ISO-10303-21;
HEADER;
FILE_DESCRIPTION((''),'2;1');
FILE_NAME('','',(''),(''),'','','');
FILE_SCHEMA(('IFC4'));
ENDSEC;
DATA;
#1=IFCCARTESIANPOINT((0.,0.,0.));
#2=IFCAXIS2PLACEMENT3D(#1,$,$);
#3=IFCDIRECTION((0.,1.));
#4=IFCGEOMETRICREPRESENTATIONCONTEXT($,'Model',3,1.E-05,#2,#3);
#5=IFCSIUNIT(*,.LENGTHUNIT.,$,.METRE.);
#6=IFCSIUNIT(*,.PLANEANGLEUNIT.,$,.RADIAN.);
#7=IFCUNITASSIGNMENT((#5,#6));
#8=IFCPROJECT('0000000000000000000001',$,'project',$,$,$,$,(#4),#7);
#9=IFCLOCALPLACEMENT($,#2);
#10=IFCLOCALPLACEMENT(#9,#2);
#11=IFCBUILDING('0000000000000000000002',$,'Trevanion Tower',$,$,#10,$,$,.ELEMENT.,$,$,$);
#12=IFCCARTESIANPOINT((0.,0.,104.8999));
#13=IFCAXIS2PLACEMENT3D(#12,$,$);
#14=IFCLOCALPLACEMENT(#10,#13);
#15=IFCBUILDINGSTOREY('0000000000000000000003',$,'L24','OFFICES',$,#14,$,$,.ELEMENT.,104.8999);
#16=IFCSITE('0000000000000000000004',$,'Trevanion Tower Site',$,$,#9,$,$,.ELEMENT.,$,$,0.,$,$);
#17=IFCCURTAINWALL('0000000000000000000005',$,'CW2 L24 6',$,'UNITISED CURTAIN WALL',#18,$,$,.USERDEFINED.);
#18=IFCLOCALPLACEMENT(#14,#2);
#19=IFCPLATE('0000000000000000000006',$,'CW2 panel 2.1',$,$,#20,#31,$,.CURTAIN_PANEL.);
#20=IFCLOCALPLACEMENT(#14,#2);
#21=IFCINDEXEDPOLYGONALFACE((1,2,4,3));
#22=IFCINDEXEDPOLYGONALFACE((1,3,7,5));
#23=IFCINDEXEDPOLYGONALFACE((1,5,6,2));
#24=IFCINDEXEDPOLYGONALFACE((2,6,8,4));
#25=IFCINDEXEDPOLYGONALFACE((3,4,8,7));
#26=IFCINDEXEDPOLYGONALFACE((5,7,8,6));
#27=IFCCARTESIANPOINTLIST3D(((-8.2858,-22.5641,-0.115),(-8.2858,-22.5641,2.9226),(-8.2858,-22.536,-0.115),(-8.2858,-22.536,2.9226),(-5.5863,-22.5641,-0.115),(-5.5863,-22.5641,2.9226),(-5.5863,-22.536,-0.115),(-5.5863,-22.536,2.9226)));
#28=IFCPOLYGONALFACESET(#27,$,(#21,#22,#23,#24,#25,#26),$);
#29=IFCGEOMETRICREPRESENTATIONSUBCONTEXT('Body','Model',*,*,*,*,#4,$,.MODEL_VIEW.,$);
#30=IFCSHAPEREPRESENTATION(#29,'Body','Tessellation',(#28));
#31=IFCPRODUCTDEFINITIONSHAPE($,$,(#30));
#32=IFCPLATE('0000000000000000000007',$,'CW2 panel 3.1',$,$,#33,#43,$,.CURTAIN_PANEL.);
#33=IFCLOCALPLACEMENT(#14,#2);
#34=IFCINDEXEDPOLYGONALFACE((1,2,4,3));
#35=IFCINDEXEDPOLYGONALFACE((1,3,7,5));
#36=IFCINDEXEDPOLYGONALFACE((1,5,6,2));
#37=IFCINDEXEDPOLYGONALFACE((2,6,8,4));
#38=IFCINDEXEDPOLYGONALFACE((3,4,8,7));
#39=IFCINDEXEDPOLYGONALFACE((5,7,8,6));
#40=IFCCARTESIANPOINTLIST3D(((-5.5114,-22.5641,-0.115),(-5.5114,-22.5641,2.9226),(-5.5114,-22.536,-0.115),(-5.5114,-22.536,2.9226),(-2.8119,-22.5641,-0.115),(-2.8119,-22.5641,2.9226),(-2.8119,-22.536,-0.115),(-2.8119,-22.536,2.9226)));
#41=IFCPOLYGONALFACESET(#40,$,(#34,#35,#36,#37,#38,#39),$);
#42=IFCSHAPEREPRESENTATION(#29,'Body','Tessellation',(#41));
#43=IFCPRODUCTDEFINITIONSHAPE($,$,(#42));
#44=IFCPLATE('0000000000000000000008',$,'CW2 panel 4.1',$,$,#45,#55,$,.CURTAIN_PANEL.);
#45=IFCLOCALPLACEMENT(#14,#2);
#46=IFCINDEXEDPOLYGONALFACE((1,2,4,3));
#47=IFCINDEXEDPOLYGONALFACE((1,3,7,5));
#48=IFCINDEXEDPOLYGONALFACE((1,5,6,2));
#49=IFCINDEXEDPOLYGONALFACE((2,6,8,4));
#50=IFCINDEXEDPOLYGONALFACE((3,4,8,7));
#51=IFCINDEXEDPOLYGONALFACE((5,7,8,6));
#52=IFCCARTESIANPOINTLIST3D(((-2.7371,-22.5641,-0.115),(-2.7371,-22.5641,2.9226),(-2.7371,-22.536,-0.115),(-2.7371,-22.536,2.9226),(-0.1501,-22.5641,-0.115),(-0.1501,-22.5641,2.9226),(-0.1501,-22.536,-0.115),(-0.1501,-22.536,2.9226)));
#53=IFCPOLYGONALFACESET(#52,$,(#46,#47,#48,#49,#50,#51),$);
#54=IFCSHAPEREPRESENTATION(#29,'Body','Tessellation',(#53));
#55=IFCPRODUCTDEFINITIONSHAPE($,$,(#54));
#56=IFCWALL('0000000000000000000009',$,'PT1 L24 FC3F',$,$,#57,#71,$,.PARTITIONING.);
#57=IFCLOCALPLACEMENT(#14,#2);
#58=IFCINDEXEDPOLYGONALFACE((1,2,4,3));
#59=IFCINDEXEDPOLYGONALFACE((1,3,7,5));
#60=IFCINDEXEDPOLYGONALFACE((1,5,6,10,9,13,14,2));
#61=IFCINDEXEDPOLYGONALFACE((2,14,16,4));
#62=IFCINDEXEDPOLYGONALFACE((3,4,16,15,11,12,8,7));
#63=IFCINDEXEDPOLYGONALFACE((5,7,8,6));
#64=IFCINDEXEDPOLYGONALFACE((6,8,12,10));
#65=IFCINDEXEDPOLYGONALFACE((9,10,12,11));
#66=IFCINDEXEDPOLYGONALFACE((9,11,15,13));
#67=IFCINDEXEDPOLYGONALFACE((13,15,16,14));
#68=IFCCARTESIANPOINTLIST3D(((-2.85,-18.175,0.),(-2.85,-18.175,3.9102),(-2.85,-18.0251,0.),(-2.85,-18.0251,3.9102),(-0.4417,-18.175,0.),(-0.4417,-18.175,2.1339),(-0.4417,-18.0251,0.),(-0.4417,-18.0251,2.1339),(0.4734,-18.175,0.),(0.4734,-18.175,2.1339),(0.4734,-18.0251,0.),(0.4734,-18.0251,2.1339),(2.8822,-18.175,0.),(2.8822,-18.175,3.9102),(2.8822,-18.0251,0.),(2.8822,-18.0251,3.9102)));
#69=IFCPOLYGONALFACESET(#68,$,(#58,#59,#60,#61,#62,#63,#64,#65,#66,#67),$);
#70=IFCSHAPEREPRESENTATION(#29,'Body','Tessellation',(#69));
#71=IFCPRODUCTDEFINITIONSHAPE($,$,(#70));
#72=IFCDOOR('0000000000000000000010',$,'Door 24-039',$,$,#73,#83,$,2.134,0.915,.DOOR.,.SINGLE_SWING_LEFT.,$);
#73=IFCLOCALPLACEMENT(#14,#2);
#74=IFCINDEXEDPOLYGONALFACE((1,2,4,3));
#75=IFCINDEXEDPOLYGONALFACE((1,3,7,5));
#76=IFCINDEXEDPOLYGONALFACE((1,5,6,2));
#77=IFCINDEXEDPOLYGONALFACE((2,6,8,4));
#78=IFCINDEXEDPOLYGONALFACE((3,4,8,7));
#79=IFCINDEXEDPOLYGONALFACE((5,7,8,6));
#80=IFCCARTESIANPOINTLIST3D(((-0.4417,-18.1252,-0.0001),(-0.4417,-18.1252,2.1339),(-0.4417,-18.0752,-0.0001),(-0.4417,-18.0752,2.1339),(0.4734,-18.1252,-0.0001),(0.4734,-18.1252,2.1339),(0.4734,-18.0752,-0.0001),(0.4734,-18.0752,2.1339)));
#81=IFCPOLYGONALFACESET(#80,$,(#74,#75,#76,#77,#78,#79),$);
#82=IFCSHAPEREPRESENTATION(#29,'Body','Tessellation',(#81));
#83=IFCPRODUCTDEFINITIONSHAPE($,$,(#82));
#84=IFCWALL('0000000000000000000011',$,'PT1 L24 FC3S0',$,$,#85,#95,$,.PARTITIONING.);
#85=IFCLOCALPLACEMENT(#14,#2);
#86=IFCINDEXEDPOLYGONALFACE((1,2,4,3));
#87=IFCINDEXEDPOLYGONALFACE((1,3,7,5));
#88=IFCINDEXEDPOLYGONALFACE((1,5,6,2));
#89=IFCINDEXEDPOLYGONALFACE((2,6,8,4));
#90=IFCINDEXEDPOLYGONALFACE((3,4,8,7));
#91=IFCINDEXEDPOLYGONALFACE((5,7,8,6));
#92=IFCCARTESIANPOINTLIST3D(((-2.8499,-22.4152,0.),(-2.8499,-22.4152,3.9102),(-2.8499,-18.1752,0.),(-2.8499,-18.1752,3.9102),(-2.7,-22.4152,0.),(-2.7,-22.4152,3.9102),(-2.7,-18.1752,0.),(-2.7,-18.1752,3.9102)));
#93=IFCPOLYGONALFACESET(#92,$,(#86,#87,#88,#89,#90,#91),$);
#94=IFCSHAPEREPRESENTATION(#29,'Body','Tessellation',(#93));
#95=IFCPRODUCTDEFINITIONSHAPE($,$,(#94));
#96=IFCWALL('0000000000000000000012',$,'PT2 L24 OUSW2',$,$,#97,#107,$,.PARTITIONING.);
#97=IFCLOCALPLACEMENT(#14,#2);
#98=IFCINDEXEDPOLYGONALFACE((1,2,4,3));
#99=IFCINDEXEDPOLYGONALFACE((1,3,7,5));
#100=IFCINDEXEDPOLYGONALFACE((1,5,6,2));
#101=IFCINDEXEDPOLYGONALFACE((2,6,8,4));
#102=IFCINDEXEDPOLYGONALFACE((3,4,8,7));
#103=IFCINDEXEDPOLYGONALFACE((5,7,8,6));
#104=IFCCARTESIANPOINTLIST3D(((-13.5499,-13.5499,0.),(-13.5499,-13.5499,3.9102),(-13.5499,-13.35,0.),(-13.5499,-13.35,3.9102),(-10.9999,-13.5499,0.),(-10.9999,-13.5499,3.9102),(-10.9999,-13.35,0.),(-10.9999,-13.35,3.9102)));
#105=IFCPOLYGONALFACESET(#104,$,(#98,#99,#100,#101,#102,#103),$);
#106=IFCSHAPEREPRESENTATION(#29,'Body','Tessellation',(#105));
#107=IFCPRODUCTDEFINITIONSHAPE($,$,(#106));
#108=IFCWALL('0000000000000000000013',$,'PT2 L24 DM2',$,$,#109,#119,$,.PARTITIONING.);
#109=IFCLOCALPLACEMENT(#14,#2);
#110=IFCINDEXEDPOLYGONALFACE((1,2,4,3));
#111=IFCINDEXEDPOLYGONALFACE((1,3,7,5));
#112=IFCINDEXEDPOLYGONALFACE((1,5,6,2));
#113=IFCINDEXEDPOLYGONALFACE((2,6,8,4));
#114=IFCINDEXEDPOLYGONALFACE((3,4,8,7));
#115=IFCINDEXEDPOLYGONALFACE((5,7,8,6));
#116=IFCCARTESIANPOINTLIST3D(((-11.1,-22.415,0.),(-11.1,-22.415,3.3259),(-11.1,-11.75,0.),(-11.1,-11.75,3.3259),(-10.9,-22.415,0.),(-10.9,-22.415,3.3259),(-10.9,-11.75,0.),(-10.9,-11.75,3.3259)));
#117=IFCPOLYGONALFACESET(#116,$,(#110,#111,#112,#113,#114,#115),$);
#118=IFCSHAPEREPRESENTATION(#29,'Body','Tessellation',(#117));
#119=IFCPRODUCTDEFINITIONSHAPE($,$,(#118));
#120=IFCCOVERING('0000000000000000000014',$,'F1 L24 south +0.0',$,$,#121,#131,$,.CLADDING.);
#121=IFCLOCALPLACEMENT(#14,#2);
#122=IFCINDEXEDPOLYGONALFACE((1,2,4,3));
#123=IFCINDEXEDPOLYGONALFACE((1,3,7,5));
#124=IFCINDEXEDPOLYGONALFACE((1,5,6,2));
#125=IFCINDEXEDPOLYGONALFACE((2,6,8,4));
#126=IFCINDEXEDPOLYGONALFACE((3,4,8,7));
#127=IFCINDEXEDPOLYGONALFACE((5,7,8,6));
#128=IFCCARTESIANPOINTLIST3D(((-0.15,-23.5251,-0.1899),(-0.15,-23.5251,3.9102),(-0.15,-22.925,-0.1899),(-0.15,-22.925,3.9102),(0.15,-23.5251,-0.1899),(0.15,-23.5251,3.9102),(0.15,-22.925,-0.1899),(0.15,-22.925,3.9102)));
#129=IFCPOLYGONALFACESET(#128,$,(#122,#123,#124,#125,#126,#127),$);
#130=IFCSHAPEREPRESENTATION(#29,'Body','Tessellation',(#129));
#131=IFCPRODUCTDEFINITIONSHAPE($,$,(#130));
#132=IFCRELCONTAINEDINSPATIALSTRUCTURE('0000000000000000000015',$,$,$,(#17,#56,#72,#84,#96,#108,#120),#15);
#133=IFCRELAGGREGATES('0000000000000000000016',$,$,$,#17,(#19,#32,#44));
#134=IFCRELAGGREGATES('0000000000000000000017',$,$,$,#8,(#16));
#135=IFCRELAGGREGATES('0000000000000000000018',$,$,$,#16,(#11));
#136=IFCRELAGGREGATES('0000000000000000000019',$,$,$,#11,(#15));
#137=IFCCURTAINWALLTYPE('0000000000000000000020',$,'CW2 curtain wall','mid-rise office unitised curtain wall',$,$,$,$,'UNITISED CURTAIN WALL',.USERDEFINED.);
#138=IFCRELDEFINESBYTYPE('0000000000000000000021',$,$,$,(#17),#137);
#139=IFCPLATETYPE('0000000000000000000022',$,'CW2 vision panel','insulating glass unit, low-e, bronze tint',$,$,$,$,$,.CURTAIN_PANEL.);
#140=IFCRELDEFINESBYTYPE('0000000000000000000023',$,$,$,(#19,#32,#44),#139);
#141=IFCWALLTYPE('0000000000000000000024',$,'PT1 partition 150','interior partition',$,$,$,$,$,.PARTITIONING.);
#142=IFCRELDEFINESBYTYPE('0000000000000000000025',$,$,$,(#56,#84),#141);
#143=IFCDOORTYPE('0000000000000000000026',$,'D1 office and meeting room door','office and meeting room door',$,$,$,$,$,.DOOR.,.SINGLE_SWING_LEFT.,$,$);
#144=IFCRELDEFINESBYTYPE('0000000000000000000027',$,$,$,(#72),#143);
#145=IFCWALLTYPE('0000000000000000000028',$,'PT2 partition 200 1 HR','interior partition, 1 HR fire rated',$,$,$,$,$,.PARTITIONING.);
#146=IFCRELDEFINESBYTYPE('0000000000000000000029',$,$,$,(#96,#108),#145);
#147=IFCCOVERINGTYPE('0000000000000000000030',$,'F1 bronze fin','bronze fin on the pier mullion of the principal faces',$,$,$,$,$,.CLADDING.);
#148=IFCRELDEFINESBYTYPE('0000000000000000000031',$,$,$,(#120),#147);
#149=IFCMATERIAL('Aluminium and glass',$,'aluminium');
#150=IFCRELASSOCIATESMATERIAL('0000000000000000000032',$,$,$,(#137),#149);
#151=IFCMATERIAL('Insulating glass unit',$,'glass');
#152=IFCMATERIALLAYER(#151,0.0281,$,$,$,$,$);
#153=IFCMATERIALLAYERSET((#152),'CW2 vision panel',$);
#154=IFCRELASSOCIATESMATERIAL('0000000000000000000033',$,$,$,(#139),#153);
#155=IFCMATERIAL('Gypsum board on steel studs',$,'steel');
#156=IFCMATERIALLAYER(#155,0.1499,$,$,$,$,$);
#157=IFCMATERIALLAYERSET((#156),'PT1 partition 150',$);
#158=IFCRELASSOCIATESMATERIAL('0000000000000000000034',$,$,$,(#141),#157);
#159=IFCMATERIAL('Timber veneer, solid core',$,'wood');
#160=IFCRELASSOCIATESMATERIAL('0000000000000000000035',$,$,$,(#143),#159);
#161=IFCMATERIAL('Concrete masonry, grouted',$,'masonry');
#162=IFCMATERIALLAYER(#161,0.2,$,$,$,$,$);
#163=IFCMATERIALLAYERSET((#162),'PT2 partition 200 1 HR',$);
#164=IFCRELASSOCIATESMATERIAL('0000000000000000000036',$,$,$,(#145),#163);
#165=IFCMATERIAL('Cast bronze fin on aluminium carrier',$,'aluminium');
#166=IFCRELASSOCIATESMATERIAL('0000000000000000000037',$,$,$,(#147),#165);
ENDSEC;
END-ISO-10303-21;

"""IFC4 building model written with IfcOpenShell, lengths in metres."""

from ifc_helpers import new_model, si_unit, direction, frame, frame_2d, origin, origin_2d, place, context, subcontext, project, spatial, rectangle, extrude, material, layer, layer_set, type_object, element, fill, aggregate, save


model = new_model("IFC4")

# Units and contexts
model_context = context("Model", 3, precision=1e-05, world=origin(), true_north=direction((0.0, 1.0)))
body_context = subcontext(model_context, "Body", "Model", "MODEL_VIEW")
ifc_project = project(units=[si_unit("LENGTHUNIT", "METRE"), si_unit("PLANEANGLEUNIT", "RADIAN")], contexts=[model_context])

# Site, building, storey
site_placement = place(None, origin())
site = spatial("IfcSite", under=ifc_project, at=site_placement, Name="Trevanion Tower Site", CompositionType="ELEMENT", RefElevation=0.0)
building_placement = place(site_placement, origin())
building = spatial("IfcBuilding", under=site, at=building_placement, Name="Trevanion Tower", CompositionType="ELEMENT")
storey_placement = place(building_placement, frame((0.0, 0.0, 104.8999)))
storey = spatial("IfcBuildingStorey", under=building, at=storey_placement, Name="L24", Description="OFFICES", CompositionType="ELEMENT", Elevation=104.8999)

# Curtain wall
ifc_material_1 = material(Name="Aluminium and glass", Category="aluminium")
curtain_wall_type = type_object("IfcCurtainWallType", Name="CW2 curtain wall", Description="mid-rise office unitised curtain wall", ElementType="UNITISED CURTAIN WALL", PredefinedType="USERDEFINED", material=ifc_material_1)
curtain_wall_placement = place(storey_placement, origin())
curtain_wall = element("IfcCurtainWall", 1, at=curtain_wall_placement, inside=storey, type_object=curtain_wall_type, Name="CW2 L24 6", ObjectType="UNITISED CURTAIN WALL", PredefinedType="USERDEFINED")

# Plates
ifc_material_2 = material(Name="Insulating glass unit", Category="glass")
ifc_layer_1 = layer(ifc_material_2, 0.0281)
ifc_layer_set_1 = layer_set([ifc_layer_1], Name="CW2 vision panel")
plate_type_1 = type_object("IfcPlateType", Name="CW2 vision panel", Description="insulating glass unit, low-e, bronze tint", PredefinedType="CURTAIN_PANEL", material=ifc_layer_set_1)
plate_1_placement = place(storey_placement, frame((-6.936, -22.55, -0.115), z_axis=(0.0, 0.0, 1.0), x_axis=(1.0, 0.0, 0.0)))
plate_1 = element("IfcPlate", 2, at=plate_1_placement, type_object=plate_type_1, Name="CW2 panel 2.1", PredefinedType="CURTAIN_PANEL", context=body_context, shape_type="SweptSolid", body=[
    extrude(rectangle(XDim=2.6995, YDim=0.0281, at=origin_2d()), origin(), (0.0, 0.0, 1.0), 3.0376),
])
plate_2_placement = place(storey_placement, frame((-4.1616, -22.55, -0.115), z_axis=(0.0, 0.0, 1.0), x_axis=(1.0, 0.0, 0.0)))
plate_2 = element("IfcPlate", 3, at=plate_2_placement, type_object=plate_type_1, Name="CW2 panel 3.1", PredefinedType="CURTAIN_PANEL", context=body_context, shape_type="SweptSolid", body=[
    extrude(rectangle(XDim=2.6995, YDim=0.0281, at=origin_2d()), origin(), (0.0, 0.0, 1.0), 3.0376),
])
plate_3_placement = place(storey_placement, frame((-1.4436, -22.55, -0.115), z_axis=(0.0, 0.0, 1.0), x_axis=(1.0, 0.0, 0.0)))
plate_3 = element("IfcPlate", 4, at=plate_3_placement, type_object=plate_type_1, Name="CW2 panel 4.1", PredefinedType="CURTAIN_PANEL", context=body_context, shape_type="SweptSolid", body=[
    extrude(rectangle(XDim=2.5869, YDim=0.0281, at=origin_2d()), origin(), (0.0, 0.0, 1.0), 3.0376),
])
aggregate(curtain_wall, [plate_1, plate_2, plate_3])

# Wall, opening, door
ifc_material_3 = material(Name="Gypsum board on steel studs", Category="steel")
ifc_layer_2 = layer(ifc_material_3, 0.1499)
ifc_layer_set_2 = layer_set([ifc_layer_2], Name="PT1 partition 150")
wall_type_1 = type_object("IfcWallType", Name="PT1 partition 150", Description="interior partition", PredefinedType="PARTITIONING", material=ifc_layer_set_2)
wall_1_placement = place(storey_placement, frame((-2.8501, -18.1001, 0.0), z_axis=(0.0, 0.0, 1.0), x_axis=(1.0, 0.0, 0.0)))
wall_1 = element("IfcWall", 5, at=wall_1_placement, inside=storey, type_object=wall_type_1, Name="PT1 L24 FC3F", PredefinedType="PARTITIONING", context=body_context, shape_type="SweptSolid", body=[
    extrude(rectangle(XDim=5.7322, YDim=0.1499, at=frame_2d((2.8662, 0.0))), origin(), (0.0, 0.0, 1.0), 3.9102),
])
opening_placement = place(wall_1_placement, frame((2.4084, 0.0, 0.0)))
opening = element("IfcOpeningElement", 6, at=opening_placement, cuts=wall_1, PredefinedType="OPENING", context=body_context, shape_type="SweptSolid", body=[
    extrude(rectangle(XDim=0.915, YDim=2.134, at=frame_2d((0.4575, 1.0669))), frame((0.0, 0.085, 0.0), z_axis=(0.0, -1.0, 0.0), x_axis=(1.0, 0.0, 0.0)), (0.0, 0.0, 1.0), 0.1699),
])
ifc_material_4 = material(Name="Timber veneer, solid core", Category="wood")
door_type = type_object("IfcDoorType", Name="D1 office and meeting room door", Description="office and meeting room door", OperationType="SINGLE_SWING_LEFT", PredefinedType="DOOR", material=ifc_material_4)
door_placement = place(opening_placement, origin())
door = element("IfcDoor", 7, at=door_placement, inside=storey, type_object=door_type, Name="Door 24-039", OperationType="SINGLE_SWING_LEFT", OverallHeight=2.134, OverallWidth=0.915, PredefinedType="DOOR", context=body_context, shape_type="SweptSolid", body=[
    extrude(rectangle(XDim=0.915, YDim=2.134, at=frame_2d((0.4575, 1.0669))), frame((0.0, 0.0249, 0.0), z_axis=(0.0, -1.0, 0.0), x_axis=(1.0, 0.0, 0.0)), (0.0, 0.0, 1.0), 0.05),
])
fill(opening, door)

# Walls
wall_2_placement = place(storey_placement, frame((-2.7749, -18.175, 0.0), z_axis=(0.0, 0.0, 1.0), x_axis=(0.0, -1.0, 0.0)))
element("IfcWall", 8, at=wall_2_placement, inside=storey, type_object=wall_type_1, Name="PT1 L24 FC3S0", PredefinedType="PARTITIONING", context=body_context, shape_type="SweptSolid", body=[
    extrude(rectangle(XDim=4.24, YDim=0.1499, at=frame_2d((2.1201, 0.0))), origin(), (0.0, 0.0, 1.0), 3.9102),
])
ifc_material_5 = material(Name="Concrete masonry, grouted", Category="masonry")
ifc_layer_3 = layer(ifc_material_5, 0.2)
ifc_layer_set_3 = layer_set([ifc_layer_3], Name="PT2 partition 200 1 HR")
wall_type_2 = type_object("IfcWallType", Name="PT2 partition 200 1 HR", Description="interior partition, 1 HR fire rated", PredefinedType="PARTITIONING", material=ifc_layer_set_3)
wall_3_placement = place(storey_placement, frame((-11.0, -13.45, 0.0), z_axis=(0.0, 0.0, 1.0), x_axis=(-1.0, 0.0, 0.0)))
element("IfcWall", 9, at=wall_3_placement, inside=storey, type_object=wall_type_2, Name="PT2 L24 OUSW2", PredefinedType="PARTITIONING", context=body_context, shape_type="SweptSolid", body=[
    extrude(rectangle(XDim=2.55, YDim=0.2, at=frame_2d((1.2749, 0.0))), origin(), (0.0, 0.0, 1.0), 3.9102),
])
wall_4_placement = place(storey_placement, frame((-11.0, -11.75, 0.0), z_axis=(0.0, 0.0, 1.0), x_axis=(0.0, -1.0, 0.0)))
element("IfcWall", 10, at=wall_4_placement, inside=storey, type_object=wall_type_2, Name="PT2 L24 DM2", PredefinedType="PARTITIONING", context=body_context, shape_type="SweptSolid", body=[
    extrude(rectangle(XDim=10.665, YDim=0.2, at=frame_2d((5.3325, 0.0))), origin(), (0.0, 0.0, 1.0), 3.3259),
])

# Covering
ifc_material_6 = material(Name="Cast bronze fin on aluminium carrier", Category="aluminium")
covering_type = type_object("IfcCoveringType", Name="F1 bronze fin", Description="bronze fin on the pier mullion of the principal faces", PredefinedType="CLADDING", material=ifc_material_6)
covering_placement = place(storey_placement, frame((0.0, -23.2251, -0.1899), z_axis=(0.0, 0.0, 1.0), x_axis=(1.0, 0.0, 0.0)))
element("IfcCovering", 11, at=covering_placement, inside=storey, type_object=covering_type, Name="F1 L24 south +0.0", PredefinedType="CLADDING", context=body_context, shape_type="SweptSolid", body=[
    extrude(rectangle(XDim=0.3, YDim=0.6001, at=origin_2d()), origin(), (0.0, 0.0, 1.0), 4.1001),
])

save(model, "model.ifc")
